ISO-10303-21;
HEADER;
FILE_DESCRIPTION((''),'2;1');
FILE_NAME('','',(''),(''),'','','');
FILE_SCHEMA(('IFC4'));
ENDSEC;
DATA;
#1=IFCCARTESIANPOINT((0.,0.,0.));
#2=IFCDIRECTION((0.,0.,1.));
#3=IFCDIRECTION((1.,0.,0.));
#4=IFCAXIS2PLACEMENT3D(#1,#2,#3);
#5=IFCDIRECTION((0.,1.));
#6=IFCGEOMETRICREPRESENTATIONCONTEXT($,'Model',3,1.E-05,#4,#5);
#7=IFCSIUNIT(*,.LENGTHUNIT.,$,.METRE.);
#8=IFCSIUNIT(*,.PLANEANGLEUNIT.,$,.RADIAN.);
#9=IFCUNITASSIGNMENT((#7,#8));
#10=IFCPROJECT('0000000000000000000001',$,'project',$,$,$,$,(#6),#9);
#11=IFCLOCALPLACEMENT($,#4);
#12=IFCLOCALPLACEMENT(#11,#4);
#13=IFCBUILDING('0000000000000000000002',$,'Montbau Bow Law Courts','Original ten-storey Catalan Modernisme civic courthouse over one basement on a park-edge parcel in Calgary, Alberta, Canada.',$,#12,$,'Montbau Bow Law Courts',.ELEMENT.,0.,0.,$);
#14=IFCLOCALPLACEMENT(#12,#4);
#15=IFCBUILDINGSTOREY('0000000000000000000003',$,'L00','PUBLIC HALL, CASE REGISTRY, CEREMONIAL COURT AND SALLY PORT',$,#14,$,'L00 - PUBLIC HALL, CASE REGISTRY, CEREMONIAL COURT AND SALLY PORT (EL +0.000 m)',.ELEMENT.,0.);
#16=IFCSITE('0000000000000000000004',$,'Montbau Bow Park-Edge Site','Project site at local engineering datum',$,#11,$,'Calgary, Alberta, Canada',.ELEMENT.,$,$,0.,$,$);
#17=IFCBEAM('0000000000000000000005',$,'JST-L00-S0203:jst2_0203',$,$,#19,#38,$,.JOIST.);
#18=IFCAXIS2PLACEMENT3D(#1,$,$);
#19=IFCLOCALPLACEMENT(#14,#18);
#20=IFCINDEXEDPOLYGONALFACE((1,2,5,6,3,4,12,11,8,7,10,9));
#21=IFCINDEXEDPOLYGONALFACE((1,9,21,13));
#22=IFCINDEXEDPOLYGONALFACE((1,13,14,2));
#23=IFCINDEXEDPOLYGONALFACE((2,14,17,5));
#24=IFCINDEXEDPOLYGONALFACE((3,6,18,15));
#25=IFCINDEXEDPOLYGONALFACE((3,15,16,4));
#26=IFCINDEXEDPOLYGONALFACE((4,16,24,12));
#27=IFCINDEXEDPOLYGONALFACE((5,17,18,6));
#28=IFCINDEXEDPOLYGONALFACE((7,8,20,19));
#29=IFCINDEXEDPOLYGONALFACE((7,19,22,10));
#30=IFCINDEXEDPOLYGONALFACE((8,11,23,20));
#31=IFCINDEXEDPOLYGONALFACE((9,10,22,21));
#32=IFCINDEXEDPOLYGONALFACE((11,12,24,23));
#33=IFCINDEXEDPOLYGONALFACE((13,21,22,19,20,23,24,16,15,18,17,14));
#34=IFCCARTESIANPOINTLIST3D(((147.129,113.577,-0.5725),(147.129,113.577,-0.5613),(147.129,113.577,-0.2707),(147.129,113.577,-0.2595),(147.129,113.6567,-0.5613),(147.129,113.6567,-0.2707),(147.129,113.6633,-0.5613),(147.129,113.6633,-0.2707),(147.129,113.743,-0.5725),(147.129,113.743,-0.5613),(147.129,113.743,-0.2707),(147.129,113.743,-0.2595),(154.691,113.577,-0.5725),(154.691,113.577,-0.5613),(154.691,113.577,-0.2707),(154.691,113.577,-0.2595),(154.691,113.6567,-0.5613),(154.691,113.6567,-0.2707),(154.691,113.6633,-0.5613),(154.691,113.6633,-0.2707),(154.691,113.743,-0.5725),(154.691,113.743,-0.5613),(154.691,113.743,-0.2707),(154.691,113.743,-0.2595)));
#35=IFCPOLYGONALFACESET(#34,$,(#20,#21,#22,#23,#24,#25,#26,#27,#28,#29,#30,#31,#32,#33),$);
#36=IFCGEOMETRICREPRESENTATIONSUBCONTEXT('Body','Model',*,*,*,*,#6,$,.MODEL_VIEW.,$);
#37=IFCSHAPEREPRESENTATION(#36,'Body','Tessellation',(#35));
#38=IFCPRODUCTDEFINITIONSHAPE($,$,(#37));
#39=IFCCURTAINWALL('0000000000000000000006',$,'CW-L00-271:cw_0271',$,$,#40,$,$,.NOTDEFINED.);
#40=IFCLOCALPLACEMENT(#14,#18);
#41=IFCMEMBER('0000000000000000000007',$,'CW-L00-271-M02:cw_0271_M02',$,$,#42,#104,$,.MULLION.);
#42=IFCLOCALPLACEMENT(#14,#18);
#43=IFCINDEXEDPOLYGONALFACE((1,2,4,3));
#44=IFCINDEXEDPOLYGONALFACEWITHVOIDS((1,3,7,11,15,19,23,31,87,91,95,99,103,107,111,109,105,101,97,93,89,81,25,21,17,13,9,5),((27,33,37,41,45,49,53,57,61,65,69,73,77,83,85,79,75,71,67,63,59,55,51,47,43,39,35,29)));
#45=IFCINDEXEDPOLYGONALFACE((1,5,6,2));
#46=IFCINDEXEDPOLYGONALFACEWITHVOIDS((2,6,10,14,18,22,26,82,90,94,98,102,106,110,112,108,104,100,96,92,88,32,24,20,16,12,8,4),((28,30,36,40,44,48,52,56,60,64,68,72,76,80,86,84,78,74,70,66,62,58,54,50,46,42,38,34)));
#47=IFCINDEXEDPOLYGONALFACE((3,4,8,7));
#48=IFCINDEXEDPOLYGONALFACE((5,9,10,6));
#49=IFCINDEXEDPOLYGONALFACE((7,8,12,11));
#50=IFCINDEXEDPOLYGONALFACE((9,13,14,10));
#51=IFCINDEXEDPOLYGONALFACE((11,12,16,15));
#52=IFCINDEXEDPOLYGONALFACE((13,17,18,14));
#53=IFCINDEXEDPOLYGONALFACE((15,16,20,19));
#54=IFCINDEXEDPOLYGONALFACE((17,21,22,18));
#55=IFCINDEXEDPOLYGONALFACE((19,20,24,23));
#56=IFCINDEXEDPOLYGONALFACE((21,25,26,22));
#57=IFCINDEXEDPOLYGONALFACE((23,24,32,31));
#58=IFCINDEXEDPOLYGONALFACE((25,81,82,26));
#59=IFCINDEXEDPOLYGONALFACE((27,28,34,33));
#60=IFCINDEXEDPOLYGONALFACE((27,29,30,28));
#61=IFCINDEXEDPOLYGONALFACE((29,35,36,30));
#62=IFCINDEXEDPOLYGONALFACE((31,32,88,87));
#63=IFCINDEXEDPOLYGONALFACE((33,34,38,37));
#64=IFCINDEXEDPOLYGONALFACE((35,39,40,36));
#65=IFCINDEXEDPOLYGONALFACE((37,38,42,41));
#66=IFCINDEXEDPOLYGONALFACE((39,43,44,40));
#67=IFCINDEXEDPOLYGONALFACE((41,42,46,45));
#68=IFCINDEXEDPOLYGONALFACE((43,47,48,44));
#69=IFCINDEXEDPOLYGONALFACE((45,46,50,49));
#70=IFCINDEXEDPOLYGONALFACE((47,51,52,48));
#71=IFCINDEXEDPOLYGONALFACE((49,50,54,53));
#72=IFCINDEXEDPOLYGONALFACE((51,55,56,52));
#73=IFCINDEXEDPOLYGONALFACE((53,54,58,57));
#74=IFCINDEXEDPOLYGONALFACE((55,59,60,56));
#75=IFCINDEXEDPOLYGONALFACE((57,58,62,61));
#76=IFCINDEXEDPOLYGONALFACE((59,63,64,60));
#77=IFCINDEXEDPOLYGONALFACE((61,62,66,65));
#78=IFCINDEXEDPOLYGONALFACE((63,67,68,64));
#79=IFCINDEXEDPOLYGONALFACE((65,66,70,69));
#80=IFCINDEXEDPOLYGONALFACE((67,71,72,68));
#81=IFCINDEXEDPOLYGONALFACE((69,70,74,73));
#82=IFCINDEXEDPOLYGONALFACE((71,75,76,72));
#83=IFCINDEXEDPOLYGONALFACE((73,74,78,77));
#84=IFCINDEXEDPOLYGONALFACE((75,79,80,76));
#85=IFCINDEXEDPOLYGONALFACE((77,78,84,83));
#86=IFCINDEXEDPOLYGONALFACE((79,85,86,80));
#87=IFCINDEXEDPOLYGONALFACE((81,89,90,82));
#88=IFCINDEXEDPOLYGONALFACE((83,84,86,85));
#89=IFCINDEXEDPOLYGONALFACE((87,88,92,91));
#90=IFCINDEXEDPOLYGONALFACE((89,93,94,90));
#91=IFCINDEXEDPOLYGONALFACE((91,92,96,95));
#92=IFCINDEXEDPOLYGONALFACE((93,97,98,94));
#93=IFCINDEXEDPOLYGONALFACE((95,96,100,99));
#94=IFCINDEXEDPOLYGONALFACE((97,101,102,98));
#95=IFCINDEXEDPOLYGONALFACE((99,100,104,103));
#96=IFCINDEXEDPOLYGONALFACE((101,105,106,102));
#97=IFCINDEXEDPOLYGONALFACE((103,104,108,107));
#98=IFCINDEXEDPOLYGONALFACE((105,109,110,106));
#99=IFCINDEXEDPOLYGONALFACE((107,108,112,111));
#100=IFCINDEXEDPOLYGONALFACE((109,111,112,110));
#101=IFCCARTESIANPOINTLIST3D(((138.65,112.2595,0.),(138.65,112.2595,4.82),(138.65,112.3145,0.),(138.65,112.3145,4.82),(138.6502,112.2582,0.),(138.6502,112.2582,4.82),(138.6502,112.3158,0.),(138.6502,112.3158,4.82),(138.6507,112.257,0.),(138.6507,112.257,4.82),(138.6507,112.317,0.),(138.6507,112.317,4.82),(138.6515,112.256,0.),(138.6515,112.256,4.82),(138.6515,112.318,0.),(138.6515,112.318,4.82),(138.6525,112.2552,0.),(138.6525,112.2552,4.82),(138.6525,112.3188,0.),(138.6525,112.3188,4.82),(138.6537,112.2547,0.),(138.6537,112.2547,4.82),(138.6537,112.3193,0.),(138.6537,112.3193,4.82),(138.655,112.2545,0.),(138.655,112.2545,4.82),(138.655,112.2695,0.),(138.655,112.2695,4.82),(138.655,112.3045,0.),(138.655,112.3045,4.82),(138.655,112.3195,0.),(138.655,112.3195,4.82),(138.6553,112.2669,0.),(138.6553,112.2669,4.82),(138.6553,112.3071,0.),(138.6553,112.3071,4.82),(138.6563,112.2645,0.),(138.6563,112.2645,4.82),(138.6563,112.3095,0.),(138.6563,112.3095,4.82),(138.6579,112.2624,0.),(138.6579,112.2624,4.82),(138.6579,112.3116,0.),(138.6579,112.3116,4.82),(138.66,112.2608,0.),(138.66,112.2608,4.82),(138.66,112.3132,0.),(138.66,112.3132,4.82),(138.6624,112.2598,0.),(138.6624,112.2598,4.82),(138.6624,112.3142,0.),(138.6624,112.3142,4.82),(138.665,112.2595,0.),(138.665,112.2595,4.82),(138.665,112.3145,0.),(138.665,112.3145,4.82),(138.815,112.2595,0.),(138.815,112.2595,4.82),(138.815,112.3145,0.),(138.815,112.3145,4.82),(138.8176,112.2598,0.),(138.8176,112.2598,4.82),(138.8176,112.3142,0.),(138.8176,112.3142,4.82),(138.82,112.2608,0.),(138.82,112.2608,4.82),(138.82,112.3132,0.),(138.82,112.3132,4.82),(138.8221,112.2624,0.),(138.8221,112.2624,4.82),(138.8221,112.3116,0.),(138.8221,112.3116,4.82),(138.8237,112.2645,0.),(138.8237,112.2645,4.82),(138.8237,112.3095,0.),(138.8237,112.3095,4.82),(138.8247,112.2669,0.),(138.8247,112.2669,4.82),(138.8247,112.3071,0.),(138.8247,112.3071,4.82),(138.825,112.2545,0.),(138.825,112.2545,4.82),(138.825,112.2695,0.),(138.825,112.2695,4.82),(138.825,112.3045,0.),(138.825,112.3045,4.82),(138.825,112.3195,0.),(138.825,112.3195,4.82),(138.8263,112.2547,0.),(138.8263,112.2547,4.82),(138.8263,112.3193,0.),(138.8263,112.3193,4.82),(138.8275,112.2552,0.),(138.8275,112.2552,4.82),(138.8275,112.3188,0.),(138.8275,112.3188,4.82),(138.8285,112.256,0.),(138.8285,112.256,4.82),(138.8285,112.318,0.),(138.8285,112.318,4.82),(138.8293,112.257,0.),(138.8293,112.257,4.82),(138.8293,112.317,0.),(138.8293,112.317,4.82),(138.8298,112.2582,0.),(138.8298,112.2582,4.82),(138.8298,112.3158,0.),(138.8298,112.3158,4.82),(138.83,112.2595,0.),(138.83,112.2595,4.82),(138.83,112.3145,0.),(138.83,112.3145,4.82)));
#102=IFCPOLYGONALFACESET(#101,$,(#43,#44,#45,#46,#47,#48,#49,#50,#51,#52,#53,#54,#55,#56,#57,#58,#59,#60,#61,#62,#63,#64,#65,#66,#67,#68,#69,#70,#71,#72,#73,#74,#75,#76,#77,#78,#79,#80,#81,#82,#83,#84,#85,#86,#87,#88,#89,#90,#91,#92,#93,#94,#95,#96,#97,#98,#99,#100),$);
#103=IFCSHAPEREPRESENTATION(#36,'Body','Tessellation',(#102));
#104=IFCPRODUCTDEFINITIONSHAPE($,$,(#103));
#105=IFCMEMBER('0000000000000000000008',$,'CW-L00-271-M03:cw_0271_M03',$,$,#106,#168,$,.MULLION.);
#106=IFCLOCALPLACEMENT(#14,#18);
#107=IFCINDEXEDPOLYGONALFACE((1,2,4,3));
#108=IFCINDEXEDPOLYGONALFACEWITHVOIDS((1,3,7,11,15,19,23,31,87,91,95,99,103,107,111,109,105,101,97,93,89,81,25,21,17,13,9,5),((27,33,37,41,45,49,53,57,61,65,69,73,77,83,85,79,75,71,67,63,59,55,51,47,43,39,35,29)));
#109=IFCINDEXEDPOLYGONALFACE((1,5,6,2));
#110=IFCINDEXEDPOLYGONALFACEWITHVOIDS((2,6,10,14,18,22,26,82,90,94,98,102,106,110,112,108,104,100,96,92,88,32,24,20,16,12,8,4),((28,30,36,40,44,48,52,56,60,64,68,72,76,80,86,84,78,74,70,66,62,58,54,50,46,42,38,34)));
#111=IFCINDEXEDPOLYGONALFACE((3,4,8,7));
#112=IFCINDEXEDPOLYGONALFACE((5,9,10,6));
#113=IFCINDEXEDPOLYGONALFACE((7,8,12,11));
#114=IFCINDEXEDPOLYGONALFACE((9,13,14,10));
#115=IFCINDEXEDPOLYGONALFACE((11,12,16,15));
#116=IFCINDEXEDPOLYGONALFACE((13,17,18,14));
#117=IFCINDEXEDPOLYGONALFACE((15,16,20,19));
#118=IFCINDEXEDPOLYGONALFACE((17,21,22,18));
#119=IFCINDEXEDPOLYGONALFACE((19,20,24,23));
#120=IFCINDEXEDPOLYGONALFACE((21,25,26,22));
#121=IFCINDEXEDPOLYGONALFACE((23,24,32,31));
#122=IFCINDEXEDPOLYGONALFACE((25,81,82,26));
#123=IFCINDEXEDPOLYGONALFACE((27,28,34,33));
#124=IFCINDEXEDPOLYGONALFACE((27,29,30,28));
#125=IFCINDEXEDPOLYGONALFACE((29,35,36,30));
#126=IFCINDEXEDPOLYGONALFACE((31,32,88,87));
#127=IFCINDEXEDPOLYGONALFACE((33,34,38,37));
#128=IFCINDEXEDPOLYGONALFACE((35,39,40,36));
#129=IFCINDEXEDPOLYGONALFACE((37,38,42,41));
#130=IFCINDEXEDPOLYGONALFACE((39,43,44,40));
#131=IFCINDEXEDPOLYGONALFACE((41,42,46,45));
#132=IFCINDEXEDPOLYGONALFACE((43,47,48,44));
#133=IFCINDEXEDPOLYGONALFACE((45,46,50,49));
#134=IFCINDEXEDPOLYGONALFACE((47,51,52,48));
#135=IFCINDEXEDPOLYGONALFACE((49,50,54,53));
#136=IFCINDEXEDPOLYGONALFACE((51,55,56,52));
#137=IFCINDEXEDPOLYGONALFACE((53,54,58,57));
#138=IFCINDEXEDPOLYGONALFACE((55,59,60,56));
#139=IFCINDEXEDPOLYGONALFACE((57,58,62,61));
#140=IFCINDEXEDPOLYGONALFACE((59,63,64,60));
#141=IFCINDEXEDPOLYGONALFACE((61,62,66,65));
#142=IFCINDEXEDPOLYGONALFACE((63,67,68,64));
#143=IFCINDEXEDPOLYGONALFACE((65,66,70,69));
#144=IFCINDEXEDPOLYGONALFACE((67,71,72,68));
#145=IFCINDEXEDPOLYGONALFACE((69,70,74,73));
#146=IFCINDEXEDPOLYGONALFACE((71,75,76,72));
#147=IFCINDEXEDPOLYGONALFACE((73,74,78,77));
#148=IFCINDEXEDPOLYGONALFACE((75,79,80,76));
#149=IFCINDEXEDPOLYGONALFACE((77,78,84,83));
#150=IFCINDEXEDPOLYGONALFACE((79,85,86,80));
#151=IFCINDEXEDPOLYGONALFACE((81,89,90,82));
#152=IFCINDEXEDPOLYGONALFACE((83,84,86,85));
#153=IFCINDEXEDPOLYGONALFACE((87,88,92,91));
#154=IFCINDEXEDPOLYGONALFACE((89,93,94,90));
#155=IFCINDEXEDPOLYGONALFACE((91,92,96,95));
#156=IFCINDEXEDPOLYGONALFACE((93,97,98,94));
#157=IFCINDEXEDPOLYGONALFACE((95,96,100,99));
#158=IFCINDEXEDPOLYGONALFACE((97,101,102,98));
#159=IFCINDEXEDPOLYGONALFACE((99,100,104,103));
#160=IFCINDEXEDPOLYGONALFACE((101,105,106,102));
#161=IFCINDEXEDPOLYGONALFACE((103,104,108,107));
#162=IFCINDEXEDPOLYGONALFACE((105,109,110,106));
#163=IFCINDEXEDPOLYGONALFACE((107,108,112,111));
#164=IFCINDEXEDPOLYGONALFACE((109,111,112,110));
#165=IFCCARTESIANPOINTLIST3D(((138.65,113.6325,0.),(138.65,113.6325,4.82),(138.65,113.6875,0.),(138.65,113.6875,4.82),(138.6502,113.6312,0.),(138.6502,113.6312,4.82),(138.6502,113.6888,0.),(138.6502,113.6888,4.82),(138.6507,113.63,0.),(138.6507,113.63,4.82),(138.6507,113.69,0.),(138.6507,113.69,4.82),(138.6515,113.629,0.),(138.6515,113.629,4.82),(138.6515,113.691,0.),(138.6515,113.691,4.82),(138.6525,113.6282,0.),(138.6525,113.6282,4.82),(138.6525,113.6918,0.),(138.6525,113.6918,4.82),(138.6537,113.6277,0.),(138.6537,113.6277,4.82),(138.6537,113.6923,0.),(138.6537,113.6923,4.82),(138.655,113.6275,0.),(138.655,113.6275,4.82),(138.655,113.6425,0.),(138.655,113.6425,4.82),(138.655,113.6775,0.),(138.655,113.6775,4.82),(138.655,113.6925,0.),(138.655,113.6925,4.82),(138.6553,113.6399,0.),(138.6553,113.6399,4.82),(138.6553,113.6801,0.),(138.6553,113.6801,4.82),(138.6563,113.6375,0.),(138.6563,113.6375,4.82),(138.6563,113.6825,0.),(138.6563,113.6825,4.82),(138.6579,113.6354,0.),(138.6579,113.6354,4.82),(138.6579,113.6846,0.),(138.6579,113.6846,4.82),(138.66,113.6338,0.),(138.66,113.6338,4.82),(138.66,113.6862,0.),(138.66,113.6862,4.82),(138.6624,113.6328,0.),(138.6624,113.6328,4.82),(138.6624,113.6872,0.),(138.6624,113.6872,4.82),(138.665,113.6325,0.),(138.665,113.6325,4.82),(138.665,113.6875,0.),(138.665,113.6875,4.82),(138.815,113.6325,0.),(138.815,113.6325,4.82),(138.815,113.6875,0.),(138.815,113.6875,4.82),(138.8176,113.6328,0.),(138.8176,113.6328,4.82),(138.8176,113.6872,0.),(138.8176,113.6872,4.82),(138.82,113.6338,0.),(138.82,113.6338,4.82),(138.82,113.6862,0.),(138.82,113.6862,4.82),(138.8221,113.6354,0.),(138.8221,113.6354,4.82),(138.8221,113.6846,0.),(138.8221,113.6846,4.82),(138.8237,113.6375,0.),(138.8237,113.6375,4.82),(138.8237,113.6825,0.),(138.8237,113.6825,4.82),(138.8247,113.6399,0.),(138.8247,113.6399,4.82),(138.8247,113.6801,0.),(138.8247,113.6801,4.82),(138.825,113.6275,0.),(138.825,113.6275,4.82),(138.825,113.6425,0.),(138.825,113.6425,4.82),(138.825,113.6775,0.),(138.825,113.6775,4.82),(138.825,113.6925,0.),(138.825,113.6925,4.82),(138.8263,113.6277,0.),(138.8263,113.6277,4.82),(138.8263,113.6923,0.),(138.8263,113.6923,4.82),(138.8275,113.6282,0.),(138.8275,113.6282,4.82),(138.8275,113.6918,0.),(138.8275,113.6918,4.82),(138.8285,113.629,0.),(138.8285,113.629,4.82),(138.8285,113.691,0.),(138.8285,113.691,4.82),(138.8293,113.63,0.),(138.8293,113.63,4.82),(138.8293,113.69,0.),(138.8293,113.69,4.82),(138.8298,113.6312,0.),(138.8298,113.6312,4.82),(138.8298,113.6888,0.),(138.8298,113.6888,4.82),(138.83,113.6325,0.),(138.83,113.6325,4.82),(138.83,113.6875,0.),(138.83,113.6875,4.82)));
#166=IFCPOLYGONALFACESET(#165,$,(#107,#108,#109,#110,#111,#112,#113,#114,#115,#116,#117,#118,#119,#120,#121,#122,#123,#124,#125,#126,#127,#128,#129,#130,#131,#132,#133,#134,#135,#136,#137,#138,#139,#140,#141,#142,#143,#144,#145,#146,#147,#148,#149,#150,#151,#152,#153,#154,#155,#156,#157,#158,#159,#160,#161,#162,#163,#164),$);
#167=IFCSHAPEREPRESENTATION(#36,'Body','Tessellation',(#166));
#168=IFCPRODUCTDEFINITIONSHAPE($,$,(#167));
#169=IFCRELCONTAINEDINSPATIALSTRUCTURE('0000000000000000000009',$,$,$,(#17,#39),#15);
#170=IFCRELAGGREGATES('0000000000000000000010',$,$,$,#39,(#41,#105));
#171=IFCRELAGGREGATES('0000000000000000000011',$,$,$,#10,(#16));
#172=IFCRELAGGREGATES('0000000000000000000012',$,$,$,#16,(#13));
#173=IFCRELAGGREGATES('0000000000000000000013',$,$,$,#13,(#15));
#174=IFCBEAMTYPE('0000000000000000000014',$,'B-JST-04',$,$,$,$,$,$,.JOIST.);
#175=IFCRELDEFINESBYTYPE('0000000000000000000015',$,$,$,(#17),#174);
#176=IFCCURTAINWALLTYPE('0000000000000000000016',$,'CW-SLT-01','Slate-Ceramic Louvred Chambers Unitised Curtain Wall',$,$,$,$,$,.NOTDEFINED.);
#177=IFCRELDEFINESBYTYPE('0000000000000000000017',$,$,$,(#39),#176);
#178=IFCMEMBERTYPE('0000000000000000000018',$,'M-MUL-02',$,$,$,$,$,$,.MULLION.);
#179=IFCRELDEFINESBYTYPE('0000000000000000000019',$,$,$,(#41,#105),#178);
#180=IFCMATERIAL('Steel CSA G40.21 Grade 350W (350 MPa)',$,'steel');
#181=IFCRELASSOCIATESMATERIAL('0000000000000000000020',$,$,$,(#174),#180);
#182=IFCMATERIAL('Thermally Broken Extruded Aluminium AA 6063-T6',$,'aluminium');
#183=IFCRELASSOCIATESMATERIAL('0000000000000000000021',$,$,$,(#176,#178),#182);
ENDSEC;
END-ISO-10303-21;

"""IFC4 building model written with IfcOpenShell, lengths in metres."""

from ifc_helpers import new_model, si_unit, direction, frame, origin_with_axes, origin_2d_with_axis, place, context, subcontext, project, spatial, hollow_rectangle, i_section, extrude, material, material_profile, profile_set, type_object, element, aggregate, save


model = new_model("IFC4")

# Units and contexts
model_context = context("Model", 3, precision=1e-05, world=origin_with_axes(), true_north=direction((0.0, 1.0)))
body_context = subcontext(model_context, "Body", "Model", "MODEL_VIEW")
ifc_project = project(units=[si_unit("LENGTHUNIT", "METRE"), si_unit("PLANEANGLEUNIT", "RADIAN")], contexts=[model_context])

# Site, building, storey
site_placement = place(None, origin_with_axes())
site = spatial("IfcSite", under=ifc_project, at=site_placement, Name="Montbau Bow Park-Edge Site", Description="Project site at local engineering datum", LongName="Calgary, Alberta, Canada", CompositionType="ELEMENT", RefElevation=0.0)
building_placement = place(site_placement, origin_with_axes())
building = spatial("IfcBuilding", under=site, at=building_placement, Name="Montbau Bow Law Courts", Description="Original ten-storey Catalan Modernisme civic courthouse over one basement on a park-edge parcel in Calgary, Alberta, Canada.", LongName="Montbau Bow Law Courts", CompositionType="ELEMENT", ElevationOfRefHeight=0.0, ElevationOfTerrain=0.0)
storey_placement = place(building_placement, origin_with_axes())
storey = spatial("IfcBuildingStorey", under=building, at=storey_placement, Name="L00", Description="PUBLIC HALL, CASE REGISTRY, CEREMONIAL COURT AND SALLY PORT", LongName="L00 - PUBLIC HALL, CASE REGISTRY, CEREMONIAL COURT AND SALLY PORT (EL +0.000 m)", CompositionType="ELEMENT", Elevation=0.0)

# Shared definitions
ifc_material_1 = material(Name="Steel CSA G40.21 Grade 350W (350 MPa)", Category="steel")

# Beam
ifc_material_profile_1 = material_profile(ifc_material_1, i_section(OverallWidth=0.166, OverallDepth=0.313, WebThickness=0.0066, FlangeThickness=0.0112, at=origin_2d_with_axis()), Name="W310X45", Category="Main", Priority=0)
ifc_profile_set_1 = profile_set([ifc_material_profile_1], Name="Steel CSA G40.21 Grade 350W (350 MPa)")
beam_type_1 = type_object("IfcBeamType", Name="B-JST-04", PredefinedType="JOIST", material=ifc_profile_set_1)
beam_1_placement = place(None, frame((147.129, 113.66, -0.416), z_axis=(1.0, 0.0, 0.0), x_axis=(0.0, 1.0, 0.0)))
element("IfcBeam", 1, at=beam_1_placement, inside=storey, type_object=beam_type_1, Name="JST-L00-S0203:jst2_0203", PredefinedType="JOIST", context=body_context, shape_type="SweptSolid", body=[
    extrude(i_section(OverallWidth=0.166, OverallDepth=0.313, WebThickness=0.0066, FlangeThickness=0.0112, at=origin_2d_with_axis()), origin_with_axes(), (0.0, 0.0, 1.0), 7.562),
])

# Curtain wall, members
ifc_material_2 = material(Name="Thermally Broken Extruded Aluminium AA 6063-T6", Category="aluminium")
curtain_wall_type = type_object("IfcCurtainWallType", Name="CW-SLT-01", Description="Slate-Ceramic Louvred Chambers Unitised Curtain Wall", PredefinedType="NOTDEFINED", material=ifc_material_2)
curtain_wall_placement = place(None, frame((138.74, 110.915, 0.0), z_axis=(0.0, 0.0, 1.0), x_axis=(1.0, 0.0, 0.0)))
curtain_wall = element("IfcCurtainWall", 2, at=curtain_wall_placement, inside=storey, type_object=curtain_wall_type, Name="CW-L00-271:cw_0271", PredefinedType="NOTDEFINED")
ifc_material_profile_2 = material_profile(ifc_material_2, hollow_rectangle(XDim=0.065, YDim=0.18, WallThickness=0.005, InnerFilletRadius=0.01, OuterFilletRadius=0.005, at=origin_2d_with_axis()), Name="CWM-180X65", Category="Main", Priority=0)
ifc_profile_set_2 = profile_set([ifc_material_profile_2], Name="Thermally Broken Extruded Aluminium AA 6063-T6")
member_type_1 = type_object("IfcMemberType", Name="M-MUL-02", PredefinedType="MULLION", material=ifc_profile_set_2)
member_1_placement = place(None, frame((138.74, 112.287, 0.0), z_axis=(0.0, 0.0, 1.0), x_axis=(0.0, 1.0, 0.0)))
member_1 = element("IfcMember", 3, at=member_1_placement, type_object=member_type_1, Name="CW-L00-271-M02:cw_0271_M02", PredefinedType="MULLION", context=body_context, shape_type="SweptSolid", body=[
    extrude(hollow_rectangle(XDim=0.065, YDim=0.18, WallThickness=0.005, InnerFilletRadius=0.01, OuterFilletRadius=0.005, at=origin_2d_with_axis()), origin_with_axes(), (0.0, 0.0, 1.0), 4.82),
])
member_2_placement = place(None, frame((138.74, 113.66, 0.0), z_axis=(0.0, 0.0, 1.0), x_axis=(0.0, 1.0, 0.0)))
member_2 = element("IfcMember", 4, at=member_2_placement, type_object=member_type_1, Name="CW-L00-271-M03:cw_0271_M03", PredefinedType="MULLION", context=body_context, shape_type="SweptSolid", body=[
    extrude(hollow_rectangle(XDim=0.065, YDim=0.18, WallThickness=0.005, InnerFilletRadius=0.01, OuterFilletRadius=0.005, at=origin_2d_with_axis()), origin_with_axes(), (0.0, 0.0, 1.0), 4.82),
])

aggregate(curtain_wall, [member_1, member_2])

save(model, "model.ifc")
